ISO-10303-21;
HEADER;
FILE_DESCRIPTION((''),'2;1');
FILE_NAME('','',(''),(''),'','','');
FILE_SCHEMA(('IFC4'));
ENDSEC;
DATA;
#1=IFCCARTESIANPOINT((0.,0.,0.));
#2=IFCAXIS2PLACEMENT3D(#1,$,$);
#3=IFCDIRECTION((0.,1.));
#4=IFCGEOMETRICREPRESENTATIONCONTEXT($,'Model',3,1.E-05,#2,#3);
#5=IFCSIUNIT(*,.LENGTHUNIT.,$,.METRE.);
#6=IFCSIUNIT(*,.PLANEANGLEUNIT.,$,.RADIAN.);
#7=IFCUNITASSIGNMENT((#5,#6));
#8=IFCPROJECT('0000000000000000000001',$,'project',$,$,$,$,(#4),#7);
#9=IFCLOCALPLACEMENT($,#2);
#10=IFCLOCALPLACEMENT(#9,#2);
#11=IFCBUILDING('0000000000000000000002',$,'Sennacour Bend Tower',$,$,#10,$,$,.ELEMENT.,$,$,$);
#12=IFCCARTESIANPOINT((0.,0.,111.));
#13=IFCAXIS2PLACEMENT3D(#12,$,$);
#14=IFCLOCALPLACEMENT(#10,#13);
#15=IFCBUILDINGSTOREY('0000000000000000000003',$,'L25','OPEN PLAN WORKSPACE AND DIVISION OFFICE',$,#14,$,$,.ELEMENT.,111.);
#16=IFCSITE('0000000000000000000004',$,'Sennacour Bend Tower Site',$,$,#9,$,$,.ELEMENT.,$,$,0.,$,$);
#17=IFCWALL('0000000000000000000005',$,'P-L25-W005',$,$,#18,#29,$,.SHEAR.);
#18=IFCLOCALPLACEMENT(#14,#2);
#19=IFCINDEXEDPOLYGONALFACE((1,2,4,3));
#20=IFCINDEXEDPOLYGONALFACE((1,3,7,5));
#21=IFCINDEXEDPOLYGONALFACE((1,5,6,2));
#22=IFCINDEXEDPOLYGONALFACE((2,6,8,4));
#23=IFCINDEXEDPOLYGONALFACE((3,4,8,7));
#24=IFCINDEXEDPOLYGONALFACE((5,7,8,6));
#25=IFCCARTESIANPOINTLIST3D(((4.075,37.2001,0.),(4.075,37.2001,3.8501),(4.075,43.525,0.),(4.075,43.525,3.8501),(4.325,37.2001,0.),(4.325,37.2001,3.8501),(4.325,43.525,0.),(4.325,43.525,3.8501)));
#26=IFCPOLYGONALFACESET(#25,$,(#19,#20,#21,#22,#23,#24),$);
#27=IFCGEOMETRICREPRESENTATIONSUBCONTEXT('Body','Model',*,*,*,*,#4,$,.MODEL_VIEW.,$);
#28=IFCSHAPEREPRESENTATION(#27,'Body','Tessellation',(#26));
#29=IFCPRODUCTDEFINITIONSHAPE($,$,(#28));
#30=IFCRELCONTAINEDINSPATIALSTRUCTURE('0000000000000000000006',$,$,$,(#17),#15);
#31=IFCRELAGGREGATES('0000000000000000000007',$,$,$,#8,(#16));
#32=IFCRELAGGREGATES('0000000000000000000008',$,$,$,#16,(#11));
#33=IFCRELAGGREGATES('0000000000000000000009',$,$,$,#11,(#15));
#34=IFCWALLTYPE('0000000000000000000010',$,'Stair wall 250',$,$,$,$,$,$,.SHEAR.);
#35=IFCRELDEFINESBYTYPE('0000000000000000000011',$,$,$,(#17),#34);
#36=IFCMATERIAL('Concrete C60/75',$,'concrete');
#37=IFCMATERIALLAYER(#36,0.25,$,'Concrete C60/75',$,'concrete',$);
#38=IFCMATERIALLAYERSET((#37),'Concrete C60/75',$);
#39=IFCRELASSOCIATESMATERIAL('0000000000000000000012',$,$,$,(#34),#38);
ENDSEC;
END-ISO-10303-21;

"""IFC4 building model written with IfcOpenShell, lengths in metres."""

from ifc_helpers import new_model, si_unit, direction, frame, frame_2d, origin, place, context, subcontext, project, spatial, rectangle, extrude, material, layer, layer_set, type_object, element, save


model = new_model("IFC4")

# Units and contexts
model_context = context("Model", 3, precision=1e-05, world=origin(), true_north=direction((0.0, 1.0)))
body_context = subcontext(model_context, "Body", "Model", "MODEL_VIEW")
ifc_project = project(units=[si_unit("LENGTHUNIT", "METRE"), si_unit("PLANEANGLEUNIT", "RADIAN")], contexts=[model_context])

# Site, building, storey
site_placement = place(None, origin())
site = spatial("IfcSite", under=ifc_project, at=site_placement, Name="Sennacour Bend Tower Site", CompositionType="ELEMENT", RefElevation=0.0)
building_placement = place(site_placement, origin())
building = spatial("IfcBuilding", under=site, at=building_placement, Name="Sennacour Bend Tower", CompositionType="ELEMENT")
storey_placement = place(building_placement, frame((0.0, 0.0, 111.0)))
storey = spatial("IfcBuildingStorey", under=building, at=storey_placement, Name="L25", Description="OPEN PLAN WORKSPACE AND DIVISION OFFICE", CompositionType="ELEMENT", Elevation=111.0)

# Wall
ifc_material_1 = material(Name="Concrete C60/75", Category="concrete")
ifc_layer_1 = layer(ifc_material_1, 0.25, Name="Concrete C60/75", Category="concrete")
ifc_layer_set_1 = layer_set([ifc_layer_1], Name="Concrete C60/75")
wall_type_1 = type_object("IfcWallType", Name="Stair wall 250", PredefinedType="SHEAR", material=ifc_layer_set_1)
wall_1_placement = place(storey_placement, frame((4.2, 37.2, 0.0), z_axis=(0.0, 0.0, 1.0), x_axis=(0.0, 1.0, 0.0)))
element("IfcWall", 1, at=wall_1_placement, inside=storey, type_object=wall_type_1, Name="P-L25-W005", PredefinedType="SHEAR", context=body_context, shape_type="SweptSolid", body=[
    extrude(rectangle(XDim=6.325, YDim=0.25, at=frame_2d((3.1626, 0.0))), origin(), (0.0, 0.0, 1.0), 3.8501),
])

save(model, "model.ifc")
